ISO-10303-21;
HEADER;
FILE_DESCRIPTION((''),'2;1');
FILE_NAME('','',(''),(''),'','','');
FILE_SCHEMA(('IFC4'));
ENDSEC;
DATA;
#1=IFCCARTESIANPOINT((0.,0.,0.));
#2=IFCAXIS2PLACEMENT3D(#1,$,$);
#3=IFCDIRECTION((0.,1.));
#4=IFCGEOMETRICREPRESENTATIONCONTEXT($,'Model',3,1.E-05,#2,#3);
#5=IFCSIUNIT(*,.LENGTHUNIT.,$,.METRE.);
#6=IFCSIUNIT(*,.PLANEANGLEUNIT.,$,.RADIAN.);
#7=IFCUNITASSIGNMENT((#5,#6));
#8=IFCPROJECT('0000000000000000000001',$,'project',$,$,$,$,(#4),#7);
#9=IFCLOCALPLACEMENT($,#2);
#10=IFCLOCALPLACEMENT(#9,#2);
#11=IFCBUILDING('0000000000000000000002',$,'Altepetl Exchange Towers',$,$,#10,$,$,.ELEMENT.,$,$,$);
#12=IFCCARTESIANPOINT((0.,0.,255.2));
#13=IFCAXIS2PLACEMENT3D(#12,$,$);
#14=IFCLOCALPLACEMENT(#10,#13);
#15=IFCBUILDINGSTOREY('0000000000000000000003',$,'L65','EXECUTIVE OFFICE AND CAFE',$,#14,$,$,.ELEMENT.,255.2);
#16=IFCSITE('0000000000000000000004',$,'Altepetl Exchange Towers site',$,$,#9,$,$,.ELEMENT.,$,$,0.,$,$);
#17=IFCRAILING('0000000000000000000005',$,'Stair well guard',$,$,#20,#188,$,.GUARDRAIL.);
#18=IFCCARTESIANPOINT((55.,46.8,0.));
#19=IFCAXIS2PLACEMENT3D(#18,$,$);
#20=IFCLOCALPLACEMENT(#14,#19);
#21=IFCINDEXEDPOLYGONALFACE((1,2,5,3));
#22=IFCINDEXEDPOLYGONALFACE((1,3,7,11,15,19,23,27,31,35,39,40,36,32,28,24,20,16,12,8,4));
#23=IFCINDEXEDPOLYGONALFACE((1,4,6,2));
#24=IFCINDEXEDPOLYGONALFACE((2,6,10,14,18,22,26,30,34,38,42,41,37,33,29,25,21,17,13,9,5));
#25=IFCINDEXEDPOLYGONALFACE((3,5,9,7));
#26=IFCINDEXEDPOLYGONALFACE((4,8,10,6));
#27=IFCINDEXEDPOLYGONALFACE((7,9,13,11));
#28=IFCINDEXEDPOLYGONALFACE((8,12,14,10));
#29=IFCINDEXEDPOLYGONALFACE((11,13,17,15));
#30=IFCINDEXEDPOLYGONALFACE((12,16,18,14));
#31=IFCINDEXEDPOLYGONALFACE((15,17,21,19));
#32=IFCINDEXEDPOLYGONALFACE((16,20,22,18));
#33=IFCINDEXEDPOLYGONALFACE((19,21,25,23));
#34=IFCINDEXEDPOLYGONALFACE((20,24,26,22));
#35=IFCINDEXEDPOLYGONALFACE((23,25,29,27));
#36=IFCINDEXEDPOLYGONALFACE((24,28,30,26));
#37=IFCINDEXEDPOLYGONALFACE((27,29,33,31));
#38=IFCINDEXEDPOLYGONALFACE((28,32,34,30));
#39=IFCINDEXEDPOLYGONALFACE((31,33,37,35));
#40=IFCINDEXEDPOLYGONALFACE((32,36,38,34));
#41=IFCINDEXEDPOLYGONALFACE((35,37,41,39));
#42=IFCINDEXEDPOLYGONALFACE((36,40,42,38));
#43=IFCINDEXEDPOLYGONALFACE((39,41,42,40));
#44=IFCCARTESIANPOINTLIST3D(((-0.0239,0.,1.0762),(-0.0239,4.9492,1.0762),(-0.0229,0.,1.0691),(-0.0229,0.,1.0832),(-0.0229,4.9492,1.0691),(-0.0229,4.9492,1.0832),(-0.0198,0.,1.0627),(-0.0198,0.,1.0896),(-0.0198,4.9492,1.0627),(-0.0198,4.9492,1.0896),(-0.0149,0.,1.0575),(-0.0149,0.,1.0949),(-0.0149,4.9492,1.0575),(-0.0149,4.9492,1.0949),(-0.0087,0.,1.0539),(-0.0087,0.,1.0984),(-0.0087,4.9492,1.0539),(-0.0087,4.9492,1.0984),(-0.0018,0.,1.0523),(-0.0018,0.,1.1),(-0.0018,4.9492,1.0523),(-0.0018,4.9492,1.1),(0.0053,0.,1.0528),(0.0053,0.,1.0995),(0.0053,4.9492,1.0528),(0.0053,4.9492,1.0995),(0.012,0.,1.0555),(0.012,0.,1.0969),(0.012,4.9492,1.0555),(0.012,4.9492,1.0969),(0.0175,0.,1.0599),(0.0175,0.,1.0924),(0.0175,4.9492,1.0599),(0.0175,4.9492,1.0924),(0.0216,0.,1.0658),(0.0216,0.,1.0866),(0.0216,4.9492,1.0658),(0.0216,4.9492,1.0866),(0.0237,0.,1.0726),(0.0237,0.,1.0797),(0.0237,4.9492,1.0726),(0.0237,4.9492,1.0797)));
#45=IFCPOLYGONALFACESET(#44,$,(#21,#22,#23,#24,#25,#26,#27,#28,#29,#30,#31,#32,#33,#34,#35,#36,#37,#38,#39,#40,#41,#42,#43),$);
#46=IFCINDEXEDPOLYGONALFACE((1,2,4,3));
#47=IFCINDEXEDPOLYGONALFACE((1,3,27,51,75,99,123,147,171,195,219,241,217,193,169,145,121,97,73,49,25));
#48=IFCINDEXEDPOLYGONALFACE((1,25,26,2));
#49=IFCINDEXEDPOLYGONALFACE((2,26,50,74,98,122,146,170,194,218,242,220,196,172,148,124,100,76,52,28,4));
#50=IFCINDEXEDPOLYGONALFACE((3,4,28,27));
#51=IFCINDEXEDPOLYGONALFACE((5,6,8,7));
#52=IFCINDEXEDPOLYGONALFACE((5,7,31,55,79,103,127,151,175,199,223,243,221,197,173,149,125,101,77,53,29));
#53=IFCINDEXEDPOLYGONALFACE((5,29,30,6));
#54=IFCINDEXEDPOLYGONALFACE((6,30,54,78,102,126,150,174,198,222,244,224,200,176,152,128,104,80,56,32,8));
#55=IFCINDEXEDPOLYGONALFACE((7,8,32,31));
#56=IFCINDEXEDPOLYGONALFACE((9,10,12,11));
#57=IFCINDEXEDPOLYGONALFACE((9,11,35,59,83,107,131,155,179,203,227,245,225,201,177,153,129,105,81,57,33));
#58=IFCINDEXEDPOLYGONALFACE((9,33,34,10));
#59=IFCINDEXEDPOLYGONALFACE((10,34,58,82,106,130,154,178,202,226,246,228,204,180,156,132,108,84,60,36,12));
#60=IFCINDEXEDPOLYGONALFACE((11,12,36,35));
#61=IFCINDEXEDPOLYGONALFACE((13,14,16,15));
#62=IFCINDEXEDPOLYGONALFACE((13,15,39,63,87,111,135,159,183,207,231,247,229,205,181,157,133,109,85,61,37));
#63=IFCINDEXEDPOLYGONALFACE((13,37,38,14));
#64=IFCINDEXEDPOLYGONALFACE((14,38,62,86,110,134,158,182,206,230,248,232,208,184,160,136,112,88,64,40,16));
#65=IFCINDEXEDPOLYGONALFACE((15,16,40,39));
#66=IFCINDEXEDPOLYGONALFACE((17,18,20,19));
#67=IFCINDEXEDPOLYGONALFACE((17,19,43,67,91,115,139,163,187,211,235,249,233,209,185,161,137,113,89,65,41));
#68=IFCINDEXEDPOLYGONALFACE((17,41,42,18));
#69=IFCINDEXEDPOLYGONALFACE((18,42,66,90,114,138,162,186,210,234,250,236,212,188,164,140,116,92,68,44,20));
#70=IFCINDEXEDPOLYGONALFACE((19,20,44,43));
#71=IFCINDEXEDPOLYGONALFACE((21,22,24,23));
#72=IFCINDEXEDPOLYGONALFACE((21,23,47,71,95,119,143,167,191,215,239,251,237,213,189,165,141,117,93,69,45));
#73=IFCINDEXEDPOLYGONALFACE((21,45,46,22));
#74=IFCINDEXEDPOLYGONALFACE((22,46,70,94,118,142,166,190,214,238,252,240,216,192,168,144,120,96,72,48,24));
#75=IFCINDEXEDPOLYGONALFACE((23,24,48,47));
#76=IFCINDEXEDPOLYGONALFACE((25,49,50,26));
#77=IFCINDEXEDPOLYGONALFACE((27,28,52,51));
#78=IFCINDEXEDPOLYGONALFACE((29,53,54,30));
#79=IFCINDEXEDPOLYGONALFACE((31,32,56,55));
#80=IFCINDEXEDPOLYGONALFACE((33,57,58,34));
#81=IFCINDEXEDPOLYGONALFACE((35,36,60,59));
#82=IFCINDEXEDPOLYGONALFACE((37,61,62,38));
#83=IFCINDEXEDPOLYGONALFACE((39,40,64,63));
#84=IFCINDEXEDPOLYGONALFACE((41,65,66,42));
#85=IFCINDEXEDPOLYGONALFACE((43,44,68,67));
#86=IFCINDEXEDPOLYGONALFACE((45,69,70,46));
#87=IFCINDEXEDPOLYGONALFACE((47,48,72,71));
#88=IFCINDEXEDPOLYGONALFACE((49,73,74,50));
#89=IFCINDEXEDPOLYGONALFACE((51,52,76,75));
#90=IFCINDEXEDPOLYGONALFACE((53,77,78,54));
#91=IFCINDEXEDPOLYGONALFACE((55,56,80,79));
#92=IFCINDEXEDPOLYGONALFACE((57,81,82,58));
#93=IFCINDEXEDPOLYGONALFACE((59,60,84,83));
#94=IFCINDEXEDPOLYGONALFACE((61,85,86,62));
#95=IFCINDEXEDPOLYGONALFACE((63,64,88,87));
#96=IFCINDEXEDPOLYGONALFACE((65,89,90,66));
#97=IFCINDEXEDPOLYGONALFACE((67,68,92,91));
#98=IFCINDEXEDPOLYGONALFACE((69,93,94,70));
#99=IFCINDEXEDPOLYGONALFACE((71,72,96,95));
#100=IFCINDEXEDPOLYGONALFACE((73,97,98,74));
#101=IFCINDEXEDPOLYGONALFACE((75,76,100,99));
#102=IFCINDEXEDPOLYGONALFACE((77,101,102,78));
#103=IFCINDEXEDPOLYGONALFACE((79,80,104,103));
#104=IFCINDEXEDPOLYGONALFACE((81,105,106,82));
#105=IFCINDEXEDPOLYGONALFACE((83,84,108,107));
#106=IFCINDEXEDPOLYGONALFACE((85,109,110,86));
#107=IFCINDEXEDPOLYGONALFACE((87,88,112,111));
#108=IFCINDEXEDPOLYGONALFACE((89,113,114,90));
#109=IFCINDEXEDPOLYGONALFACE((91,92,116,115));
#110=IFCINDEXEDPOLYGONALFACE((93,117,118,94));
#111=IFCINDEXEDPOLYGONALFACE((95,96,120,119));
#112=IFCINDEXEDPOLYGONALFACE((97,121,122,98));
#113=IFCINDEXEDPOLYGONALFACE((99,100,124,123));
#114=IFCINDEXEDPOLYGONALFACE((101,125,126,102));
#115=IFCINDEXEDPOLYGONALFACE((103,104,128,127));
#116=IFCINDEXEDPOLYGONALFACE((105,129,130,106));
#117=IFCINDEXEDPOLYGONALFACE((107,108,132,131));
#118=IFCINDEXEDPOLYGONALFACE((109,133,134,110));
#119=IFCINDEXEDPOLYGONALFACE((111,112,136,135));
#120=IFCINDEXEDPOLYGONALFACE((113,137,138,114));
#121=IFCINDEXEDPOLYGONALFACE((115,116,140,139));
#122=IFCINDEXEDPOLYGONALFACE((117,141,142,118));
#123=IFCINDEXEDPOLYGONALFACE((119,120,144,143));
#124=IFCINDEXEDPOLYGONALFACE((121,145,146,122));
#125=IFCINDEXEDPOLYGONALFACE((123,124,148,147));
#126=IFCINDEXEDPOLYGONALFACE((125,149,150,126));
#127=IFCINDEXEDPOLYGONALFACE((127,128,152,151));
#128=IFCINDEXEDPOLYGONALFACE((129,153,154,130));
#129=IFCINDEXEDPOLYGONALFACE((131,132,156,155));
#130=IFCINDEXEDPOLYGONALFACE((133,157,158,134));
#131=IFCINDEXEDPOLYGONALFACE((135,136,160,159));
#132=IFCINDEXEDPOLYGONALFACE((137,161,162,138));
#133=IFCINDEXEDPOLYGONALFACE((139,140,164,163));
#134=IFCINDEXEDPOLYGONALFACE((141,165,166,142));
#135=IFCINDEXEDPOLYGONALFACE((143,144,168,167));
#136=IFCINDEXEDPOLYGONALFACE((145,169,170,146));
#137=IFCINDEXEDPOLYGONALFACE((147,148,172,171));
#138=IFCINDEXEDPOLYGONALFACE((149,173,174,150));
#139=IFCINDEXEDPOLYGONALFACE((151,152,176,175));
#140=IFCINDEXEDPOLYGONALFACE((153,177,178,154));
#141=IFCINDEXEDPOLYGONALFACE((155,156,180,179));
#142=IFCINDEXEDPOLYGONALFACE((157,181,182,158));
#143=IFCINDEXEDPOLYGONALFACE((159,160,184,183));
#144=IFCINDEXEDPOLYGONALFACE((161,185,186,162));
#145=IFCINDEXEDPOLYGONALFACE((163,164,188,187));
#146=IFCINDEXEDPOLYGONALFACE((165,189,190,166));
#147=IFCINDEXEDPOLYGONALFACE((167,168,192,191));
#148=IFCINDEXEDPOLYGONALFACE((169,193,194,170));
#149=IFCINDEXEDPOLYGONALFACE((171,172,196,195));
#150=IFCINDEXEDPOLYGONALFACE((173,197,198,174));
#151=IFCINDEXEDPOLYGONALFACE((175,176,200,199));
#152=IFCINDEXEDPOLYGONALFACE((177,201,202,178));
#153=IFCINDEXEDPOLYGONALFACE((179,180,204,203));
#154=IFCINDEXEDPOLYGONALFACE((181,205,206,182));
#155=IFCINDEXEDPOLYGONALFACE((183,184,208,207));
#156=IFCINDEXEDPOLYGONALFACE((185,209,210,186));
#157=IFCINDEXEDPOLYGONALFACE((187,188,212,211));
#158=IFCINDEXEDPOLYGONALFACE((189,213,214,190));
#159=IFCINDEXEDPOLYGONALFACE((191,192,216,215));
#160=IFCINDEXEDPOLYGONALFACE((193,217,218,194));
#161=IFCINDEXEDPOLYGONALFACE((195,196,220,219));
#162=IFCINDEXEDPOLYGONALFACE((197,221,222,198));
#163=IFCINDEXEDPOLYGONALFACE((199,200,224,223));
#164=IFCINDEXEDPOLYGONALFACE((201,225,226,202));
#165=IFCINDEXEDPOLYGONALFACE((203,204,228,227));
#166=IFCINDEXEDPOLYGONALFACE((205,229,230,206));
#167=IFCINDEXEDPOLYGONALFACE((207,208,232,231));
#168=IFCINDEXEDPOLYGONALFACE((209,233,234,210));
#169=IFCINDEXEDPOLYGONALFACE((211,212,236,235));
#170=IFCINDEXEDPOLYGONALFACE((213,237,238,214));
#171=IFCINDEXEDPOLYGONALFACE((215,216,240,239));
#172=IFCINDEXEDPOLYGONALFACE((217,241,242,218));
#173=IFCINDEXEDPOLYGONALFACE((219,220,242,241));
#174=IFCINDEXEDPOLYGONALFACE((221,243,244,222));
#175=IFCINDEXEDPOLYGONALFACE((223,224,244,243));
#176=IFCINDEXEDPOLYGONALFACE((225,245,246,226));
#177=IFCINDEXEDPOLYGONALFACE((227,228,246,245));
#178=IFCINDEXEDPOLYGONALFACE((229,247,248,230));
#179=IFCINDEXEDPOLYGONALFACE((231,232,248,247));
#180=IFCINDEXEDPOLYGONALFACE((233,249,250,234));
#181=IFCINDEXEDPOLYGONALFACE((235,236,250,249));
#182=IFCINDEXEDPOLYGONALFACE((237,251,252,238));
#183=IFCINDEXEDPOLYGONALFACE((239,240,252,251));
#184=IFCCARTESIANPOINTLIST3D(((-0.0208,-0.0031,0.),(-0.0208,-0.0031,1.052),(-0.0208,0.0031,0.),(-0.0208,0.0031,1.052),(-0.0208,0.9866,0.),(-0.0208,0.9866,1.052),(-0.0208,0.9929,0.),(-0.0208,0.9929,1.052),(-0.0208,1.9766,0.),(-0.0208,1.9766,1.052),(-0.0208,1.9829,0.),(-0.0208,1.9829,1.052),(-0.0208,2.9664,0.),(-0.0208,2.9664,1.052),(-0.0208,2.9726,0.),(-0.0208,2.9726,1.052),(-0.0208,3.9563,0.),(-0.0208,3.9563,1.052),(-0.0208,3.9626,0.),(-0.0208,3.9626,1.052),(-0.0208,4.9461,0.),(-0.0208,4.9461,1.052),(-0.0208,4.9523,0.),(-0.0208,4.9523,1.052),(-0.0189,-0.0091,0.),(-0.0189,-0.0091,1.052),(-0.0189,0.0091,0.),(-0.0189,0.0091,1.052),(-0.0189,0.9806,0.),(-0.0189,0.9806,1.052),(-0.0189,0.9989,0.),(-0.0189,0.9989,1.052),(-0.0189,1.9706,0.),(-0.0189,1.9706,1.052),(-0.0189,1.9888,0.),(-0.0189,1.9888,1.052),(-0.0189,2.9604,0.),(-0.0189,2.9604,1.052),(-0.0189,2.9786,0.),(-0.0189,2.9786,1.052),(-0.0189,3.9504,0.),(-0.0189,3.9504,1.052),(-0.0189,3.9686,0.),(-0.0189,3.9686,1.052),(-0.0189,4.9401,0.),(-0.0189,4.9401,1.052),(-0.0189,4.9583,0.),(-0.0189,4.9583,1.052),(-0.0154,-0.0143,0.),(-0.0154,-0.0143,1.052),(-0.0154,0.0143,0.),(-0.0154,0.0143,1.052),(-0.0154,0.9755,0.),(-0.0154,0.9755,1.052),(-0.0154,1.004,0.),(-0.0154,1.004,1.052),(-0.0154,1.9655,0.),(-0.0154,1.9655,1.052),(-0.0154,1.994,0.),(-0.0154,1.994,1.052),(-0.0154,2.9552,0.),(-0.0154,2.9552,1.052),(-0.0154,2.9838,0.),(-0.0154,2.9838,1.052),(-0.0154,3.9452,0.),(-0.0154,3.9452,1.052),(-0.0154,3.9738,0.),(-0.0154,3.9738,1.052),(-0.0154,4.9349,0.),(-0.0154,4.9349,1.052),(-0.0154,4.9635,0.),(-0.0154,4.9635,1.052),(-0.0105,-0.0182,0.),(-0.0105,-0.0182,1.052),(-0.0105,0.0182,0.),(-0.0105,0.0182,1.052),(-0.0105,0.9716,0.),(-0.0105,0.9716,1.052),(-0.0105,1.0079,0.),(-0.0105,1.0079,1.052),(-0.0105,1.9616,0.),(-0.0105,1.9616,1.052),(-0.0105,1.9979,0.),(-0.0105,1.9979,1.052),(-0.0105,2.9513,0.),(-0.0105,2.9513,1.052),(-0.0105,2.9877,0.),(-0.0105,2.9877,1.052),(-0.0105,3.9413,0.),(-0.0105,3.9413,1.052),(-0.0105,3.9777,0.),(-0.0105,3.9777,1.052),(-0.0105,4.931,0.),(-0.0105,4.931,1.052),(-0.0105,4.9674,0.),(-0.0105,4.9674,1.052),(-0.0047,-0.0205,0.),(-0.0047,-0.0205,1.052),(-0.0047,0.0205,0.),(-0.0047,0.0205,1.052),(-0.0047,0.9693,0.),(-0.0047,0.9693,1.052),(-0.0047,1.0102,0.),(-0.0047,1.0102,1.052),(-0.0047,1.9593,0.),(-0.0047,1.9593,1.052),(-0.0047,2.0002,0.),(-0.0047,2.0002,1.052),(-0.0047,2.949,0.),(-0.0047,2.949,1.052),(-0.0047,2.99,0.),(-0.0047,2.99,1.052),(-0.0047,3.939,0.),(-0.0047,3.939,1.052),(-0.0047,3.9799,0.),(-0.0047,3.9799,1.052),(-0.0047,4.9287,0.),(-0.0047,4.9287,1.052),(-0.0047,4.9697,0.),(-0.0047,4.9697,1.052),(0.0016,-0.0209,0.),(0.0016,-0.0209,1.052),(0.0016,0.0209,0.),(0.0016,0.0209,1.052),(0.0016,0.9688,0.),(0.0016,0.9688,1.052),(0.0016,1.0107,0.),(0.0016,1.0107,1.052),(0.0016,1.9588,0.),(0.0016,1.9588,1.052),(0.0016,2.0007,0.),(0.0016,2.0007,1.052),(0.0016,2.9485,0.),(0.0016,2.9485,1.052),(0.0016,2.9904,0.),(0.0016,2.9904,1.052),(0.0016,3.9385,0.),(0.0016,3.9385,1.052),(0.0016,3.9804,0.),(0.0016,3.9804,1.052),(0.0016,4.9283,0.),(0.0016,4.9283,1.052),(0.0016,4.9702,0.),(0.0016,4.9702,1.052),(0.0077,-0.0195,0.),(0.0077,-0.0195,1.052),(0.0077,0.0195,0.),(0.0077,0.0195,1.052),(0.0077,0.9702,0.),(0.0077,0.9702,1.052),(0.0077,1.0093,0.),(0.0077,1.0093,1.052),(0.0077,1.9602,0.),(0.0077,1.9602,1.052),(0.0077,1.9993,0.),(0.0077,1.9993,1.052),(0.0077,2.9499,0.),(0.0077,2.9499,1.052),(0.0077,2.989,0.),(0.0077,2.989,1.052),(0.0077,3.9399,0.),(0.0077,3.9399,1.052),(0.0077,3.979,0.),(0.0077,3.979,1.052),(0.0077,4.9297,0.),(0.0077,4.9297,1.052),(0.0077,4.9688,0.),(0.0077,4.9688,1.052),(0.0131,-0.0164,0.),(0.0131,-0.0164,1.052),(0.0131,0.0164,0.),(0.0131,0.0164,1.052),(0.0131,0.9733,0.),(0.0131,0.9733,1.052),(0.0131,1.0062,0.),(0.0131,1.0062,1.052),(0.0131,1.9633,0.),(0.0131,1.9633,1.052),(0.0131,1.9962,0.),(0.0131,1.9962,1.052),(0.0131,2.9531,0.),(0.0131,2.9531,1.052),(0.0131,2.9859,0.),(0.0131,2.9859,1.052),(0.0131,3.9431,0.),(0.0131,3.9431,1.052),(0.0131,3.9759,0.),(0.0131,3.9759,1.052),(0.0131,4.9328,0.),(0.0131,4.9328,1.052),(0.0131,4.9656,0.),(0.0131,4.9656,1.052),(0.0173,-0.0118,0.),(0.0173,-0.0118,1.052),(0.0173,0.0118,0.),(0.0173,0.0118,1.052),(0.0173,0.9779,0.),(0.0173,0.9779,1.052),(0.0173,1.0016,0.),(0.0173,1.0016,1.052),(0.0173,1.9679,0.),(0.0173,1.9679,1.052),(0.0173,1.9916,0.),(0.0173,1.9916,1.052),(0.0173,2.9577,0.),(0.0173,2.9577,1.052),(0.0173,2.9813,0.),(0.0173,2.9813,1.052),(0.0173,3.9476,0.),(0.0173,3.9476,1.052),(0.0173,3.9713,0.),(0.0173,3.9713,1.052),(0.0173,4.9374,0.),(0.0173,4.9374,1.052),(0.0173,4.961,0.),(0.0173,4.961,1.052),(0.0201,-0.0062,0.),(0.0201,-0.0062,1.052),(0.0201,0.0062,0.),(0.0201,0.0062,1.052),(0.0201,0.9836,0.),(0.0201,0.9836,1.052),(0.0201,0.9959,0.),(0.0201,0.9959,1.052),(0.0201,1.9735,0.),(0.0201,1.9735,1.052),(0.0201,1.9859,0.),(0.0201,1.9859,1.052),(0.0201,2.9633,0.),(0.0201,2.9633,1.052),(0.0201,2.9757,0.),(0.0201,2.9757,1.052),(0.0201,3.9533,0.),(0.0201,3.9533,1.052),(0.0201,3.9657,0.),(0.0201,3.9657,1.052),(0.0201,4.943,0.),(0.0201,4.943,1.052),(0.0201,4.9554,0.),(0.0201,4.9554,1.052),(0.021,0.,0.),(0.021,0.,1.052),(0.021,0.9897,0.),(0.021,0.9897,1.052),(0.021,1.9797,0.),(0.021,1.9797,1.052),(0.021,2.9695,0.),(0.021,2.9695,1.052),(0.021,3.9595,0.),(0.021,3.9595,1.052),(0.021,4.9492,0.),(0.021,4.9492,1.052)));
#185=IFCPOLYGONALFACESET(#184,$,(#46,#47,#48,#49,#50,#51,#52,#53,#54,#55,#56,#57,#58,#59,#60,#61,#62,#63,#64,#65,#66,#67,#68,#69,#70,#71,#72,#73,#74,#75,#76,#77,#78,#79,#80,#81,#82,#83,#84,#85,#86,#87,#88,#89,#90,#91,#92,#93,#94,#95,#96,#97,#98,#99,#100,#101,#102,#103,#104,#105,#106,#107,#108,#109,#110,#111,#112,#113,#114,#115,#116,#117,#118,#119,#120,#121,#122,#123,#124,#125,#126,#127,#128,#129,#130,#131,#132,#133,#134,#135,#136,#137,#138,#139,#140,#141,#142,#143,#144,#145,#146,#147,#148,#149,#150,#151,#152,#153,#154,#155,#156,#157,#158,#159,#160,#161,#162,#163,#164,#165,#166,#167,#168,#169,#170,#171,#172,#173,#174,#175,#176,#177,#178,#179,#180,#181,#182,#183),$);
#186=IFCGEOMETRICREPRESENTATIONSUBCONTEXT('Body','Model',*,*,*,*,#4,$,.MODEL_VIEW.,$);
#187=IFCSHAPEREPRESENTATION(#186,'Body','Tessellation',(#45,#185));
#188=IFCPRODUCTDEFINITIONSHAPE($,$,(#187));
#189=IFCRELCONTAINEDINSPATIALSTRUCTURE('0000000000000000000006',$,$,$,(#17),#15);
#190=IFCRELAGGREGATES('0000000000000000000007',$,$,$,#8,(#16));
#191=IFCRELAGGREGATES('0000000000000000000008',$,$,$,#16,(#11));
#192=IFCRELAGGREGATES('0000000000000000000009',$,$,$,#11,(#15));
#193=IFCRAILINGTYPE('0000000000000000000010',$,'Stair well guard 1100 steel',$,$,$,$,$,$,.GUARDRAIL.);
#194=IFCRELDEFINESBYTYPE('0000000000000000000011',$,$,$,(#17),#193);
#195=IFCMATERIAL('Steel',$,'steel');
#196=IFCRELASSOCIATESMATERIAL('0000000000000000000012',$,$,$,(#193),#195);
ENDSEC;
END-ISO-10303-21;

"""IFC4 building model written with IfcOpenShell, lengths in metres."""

from ifc_helpers import new_model, si_unit, direction, frame, origin, origin_2d, place, context, subcontext, project, spatial, circle, extrude, source, transform, mapped, material, type_object, element, save


model = new_model("IFC4")

# Units and contexts
model_context = context("Model", 3, precision=1e-05, world=origin(), true_north=direction((0.0, 1.0)))
body_context = subcontext(model_context, "Body", "Model", "MODEL_VIEW")
ifc_project = project(units=[si_unit("LENGTHUNIT", "METRE"), si_unit("PLANEANGLEUNIT", "RADIAN")], contexts=[model_context])

# Site, building, storey
site_placement = place(None, origin())
site = spatial("IfcSite", under=ifc_project, at=site_placement, Name="Altepetl Exchange Towers site", CompositionType="ELEMENT", RefElevation=0.0)
building_placement = place(site_placement, origin())
building = spatial("IfcBuilding", under=site, at=building_placement, Name="Altepetl Exchange Towers", CompositionType="ELEMENT")
storey_placement = place(building_placement, frame((0.0, 0.0, 255.2)))
storey = spatial("IfcBuildingStorey", under=building, at=storey_placement, Name="L65", Description="EXECUTIVE OFFICE AND CAFE", CompositionType="ELEMENT", Elevation=255.2)

# Railing
ifc_material_1 = material(Name="Steel", Category="steel")
railing_type_1 = type_object("IfcRailingType", Name="Stair well guard 1100 steel", PredefinedType="GUARDRAIL", material=ifc_material_1)
shared_shape_1 = source(origin(), body_context, "Body", "SweptSolid", [
    extrude(circle(Radius=0.021, at=origin_2d()), origin(), (0.0, 0.0, 1.0), 1.052),
])
railing_1_placement = place(storey_placement, frame((55.0, 46.8, 0.0)))
element("IfcRailing", 1, at=railing_1_placement, inside=storey, type_object=railing_type_1, Name="Stair well guard", PredefinedType="GUARDRAIL", context=body_context, shape_type="SweptSolid", body=[
    extrude(circle(Radius=0.0239, at=origin_2d()), frame((0.0, 0.0, 1.0762), z_axis=(0.0, 1.0, 0.0), x_axis=(-1.0, 0.0, 0.0)), (0.0, 0.0, 1.0), 4.9492),
    mapped(shared_shape_1, transform((0.0, 0.0, 0.0))),
    mapped(shared_shape_1, transform((0.0, 0.9897, 0.0))),
    mapped(shared_shape_1, transform((0.0, 1.9797, 0.0))),
    mapped(shared_shape_1, transform((0.0, 2.9695, 0.0))),
    mapped(shared_shape_1, transform((0.0, 3.9595, 0.0))),
    mapped(shared_shape_1, transform((0.0, 4.9492, 0.0))),
])

save(model, "model.ifc")
